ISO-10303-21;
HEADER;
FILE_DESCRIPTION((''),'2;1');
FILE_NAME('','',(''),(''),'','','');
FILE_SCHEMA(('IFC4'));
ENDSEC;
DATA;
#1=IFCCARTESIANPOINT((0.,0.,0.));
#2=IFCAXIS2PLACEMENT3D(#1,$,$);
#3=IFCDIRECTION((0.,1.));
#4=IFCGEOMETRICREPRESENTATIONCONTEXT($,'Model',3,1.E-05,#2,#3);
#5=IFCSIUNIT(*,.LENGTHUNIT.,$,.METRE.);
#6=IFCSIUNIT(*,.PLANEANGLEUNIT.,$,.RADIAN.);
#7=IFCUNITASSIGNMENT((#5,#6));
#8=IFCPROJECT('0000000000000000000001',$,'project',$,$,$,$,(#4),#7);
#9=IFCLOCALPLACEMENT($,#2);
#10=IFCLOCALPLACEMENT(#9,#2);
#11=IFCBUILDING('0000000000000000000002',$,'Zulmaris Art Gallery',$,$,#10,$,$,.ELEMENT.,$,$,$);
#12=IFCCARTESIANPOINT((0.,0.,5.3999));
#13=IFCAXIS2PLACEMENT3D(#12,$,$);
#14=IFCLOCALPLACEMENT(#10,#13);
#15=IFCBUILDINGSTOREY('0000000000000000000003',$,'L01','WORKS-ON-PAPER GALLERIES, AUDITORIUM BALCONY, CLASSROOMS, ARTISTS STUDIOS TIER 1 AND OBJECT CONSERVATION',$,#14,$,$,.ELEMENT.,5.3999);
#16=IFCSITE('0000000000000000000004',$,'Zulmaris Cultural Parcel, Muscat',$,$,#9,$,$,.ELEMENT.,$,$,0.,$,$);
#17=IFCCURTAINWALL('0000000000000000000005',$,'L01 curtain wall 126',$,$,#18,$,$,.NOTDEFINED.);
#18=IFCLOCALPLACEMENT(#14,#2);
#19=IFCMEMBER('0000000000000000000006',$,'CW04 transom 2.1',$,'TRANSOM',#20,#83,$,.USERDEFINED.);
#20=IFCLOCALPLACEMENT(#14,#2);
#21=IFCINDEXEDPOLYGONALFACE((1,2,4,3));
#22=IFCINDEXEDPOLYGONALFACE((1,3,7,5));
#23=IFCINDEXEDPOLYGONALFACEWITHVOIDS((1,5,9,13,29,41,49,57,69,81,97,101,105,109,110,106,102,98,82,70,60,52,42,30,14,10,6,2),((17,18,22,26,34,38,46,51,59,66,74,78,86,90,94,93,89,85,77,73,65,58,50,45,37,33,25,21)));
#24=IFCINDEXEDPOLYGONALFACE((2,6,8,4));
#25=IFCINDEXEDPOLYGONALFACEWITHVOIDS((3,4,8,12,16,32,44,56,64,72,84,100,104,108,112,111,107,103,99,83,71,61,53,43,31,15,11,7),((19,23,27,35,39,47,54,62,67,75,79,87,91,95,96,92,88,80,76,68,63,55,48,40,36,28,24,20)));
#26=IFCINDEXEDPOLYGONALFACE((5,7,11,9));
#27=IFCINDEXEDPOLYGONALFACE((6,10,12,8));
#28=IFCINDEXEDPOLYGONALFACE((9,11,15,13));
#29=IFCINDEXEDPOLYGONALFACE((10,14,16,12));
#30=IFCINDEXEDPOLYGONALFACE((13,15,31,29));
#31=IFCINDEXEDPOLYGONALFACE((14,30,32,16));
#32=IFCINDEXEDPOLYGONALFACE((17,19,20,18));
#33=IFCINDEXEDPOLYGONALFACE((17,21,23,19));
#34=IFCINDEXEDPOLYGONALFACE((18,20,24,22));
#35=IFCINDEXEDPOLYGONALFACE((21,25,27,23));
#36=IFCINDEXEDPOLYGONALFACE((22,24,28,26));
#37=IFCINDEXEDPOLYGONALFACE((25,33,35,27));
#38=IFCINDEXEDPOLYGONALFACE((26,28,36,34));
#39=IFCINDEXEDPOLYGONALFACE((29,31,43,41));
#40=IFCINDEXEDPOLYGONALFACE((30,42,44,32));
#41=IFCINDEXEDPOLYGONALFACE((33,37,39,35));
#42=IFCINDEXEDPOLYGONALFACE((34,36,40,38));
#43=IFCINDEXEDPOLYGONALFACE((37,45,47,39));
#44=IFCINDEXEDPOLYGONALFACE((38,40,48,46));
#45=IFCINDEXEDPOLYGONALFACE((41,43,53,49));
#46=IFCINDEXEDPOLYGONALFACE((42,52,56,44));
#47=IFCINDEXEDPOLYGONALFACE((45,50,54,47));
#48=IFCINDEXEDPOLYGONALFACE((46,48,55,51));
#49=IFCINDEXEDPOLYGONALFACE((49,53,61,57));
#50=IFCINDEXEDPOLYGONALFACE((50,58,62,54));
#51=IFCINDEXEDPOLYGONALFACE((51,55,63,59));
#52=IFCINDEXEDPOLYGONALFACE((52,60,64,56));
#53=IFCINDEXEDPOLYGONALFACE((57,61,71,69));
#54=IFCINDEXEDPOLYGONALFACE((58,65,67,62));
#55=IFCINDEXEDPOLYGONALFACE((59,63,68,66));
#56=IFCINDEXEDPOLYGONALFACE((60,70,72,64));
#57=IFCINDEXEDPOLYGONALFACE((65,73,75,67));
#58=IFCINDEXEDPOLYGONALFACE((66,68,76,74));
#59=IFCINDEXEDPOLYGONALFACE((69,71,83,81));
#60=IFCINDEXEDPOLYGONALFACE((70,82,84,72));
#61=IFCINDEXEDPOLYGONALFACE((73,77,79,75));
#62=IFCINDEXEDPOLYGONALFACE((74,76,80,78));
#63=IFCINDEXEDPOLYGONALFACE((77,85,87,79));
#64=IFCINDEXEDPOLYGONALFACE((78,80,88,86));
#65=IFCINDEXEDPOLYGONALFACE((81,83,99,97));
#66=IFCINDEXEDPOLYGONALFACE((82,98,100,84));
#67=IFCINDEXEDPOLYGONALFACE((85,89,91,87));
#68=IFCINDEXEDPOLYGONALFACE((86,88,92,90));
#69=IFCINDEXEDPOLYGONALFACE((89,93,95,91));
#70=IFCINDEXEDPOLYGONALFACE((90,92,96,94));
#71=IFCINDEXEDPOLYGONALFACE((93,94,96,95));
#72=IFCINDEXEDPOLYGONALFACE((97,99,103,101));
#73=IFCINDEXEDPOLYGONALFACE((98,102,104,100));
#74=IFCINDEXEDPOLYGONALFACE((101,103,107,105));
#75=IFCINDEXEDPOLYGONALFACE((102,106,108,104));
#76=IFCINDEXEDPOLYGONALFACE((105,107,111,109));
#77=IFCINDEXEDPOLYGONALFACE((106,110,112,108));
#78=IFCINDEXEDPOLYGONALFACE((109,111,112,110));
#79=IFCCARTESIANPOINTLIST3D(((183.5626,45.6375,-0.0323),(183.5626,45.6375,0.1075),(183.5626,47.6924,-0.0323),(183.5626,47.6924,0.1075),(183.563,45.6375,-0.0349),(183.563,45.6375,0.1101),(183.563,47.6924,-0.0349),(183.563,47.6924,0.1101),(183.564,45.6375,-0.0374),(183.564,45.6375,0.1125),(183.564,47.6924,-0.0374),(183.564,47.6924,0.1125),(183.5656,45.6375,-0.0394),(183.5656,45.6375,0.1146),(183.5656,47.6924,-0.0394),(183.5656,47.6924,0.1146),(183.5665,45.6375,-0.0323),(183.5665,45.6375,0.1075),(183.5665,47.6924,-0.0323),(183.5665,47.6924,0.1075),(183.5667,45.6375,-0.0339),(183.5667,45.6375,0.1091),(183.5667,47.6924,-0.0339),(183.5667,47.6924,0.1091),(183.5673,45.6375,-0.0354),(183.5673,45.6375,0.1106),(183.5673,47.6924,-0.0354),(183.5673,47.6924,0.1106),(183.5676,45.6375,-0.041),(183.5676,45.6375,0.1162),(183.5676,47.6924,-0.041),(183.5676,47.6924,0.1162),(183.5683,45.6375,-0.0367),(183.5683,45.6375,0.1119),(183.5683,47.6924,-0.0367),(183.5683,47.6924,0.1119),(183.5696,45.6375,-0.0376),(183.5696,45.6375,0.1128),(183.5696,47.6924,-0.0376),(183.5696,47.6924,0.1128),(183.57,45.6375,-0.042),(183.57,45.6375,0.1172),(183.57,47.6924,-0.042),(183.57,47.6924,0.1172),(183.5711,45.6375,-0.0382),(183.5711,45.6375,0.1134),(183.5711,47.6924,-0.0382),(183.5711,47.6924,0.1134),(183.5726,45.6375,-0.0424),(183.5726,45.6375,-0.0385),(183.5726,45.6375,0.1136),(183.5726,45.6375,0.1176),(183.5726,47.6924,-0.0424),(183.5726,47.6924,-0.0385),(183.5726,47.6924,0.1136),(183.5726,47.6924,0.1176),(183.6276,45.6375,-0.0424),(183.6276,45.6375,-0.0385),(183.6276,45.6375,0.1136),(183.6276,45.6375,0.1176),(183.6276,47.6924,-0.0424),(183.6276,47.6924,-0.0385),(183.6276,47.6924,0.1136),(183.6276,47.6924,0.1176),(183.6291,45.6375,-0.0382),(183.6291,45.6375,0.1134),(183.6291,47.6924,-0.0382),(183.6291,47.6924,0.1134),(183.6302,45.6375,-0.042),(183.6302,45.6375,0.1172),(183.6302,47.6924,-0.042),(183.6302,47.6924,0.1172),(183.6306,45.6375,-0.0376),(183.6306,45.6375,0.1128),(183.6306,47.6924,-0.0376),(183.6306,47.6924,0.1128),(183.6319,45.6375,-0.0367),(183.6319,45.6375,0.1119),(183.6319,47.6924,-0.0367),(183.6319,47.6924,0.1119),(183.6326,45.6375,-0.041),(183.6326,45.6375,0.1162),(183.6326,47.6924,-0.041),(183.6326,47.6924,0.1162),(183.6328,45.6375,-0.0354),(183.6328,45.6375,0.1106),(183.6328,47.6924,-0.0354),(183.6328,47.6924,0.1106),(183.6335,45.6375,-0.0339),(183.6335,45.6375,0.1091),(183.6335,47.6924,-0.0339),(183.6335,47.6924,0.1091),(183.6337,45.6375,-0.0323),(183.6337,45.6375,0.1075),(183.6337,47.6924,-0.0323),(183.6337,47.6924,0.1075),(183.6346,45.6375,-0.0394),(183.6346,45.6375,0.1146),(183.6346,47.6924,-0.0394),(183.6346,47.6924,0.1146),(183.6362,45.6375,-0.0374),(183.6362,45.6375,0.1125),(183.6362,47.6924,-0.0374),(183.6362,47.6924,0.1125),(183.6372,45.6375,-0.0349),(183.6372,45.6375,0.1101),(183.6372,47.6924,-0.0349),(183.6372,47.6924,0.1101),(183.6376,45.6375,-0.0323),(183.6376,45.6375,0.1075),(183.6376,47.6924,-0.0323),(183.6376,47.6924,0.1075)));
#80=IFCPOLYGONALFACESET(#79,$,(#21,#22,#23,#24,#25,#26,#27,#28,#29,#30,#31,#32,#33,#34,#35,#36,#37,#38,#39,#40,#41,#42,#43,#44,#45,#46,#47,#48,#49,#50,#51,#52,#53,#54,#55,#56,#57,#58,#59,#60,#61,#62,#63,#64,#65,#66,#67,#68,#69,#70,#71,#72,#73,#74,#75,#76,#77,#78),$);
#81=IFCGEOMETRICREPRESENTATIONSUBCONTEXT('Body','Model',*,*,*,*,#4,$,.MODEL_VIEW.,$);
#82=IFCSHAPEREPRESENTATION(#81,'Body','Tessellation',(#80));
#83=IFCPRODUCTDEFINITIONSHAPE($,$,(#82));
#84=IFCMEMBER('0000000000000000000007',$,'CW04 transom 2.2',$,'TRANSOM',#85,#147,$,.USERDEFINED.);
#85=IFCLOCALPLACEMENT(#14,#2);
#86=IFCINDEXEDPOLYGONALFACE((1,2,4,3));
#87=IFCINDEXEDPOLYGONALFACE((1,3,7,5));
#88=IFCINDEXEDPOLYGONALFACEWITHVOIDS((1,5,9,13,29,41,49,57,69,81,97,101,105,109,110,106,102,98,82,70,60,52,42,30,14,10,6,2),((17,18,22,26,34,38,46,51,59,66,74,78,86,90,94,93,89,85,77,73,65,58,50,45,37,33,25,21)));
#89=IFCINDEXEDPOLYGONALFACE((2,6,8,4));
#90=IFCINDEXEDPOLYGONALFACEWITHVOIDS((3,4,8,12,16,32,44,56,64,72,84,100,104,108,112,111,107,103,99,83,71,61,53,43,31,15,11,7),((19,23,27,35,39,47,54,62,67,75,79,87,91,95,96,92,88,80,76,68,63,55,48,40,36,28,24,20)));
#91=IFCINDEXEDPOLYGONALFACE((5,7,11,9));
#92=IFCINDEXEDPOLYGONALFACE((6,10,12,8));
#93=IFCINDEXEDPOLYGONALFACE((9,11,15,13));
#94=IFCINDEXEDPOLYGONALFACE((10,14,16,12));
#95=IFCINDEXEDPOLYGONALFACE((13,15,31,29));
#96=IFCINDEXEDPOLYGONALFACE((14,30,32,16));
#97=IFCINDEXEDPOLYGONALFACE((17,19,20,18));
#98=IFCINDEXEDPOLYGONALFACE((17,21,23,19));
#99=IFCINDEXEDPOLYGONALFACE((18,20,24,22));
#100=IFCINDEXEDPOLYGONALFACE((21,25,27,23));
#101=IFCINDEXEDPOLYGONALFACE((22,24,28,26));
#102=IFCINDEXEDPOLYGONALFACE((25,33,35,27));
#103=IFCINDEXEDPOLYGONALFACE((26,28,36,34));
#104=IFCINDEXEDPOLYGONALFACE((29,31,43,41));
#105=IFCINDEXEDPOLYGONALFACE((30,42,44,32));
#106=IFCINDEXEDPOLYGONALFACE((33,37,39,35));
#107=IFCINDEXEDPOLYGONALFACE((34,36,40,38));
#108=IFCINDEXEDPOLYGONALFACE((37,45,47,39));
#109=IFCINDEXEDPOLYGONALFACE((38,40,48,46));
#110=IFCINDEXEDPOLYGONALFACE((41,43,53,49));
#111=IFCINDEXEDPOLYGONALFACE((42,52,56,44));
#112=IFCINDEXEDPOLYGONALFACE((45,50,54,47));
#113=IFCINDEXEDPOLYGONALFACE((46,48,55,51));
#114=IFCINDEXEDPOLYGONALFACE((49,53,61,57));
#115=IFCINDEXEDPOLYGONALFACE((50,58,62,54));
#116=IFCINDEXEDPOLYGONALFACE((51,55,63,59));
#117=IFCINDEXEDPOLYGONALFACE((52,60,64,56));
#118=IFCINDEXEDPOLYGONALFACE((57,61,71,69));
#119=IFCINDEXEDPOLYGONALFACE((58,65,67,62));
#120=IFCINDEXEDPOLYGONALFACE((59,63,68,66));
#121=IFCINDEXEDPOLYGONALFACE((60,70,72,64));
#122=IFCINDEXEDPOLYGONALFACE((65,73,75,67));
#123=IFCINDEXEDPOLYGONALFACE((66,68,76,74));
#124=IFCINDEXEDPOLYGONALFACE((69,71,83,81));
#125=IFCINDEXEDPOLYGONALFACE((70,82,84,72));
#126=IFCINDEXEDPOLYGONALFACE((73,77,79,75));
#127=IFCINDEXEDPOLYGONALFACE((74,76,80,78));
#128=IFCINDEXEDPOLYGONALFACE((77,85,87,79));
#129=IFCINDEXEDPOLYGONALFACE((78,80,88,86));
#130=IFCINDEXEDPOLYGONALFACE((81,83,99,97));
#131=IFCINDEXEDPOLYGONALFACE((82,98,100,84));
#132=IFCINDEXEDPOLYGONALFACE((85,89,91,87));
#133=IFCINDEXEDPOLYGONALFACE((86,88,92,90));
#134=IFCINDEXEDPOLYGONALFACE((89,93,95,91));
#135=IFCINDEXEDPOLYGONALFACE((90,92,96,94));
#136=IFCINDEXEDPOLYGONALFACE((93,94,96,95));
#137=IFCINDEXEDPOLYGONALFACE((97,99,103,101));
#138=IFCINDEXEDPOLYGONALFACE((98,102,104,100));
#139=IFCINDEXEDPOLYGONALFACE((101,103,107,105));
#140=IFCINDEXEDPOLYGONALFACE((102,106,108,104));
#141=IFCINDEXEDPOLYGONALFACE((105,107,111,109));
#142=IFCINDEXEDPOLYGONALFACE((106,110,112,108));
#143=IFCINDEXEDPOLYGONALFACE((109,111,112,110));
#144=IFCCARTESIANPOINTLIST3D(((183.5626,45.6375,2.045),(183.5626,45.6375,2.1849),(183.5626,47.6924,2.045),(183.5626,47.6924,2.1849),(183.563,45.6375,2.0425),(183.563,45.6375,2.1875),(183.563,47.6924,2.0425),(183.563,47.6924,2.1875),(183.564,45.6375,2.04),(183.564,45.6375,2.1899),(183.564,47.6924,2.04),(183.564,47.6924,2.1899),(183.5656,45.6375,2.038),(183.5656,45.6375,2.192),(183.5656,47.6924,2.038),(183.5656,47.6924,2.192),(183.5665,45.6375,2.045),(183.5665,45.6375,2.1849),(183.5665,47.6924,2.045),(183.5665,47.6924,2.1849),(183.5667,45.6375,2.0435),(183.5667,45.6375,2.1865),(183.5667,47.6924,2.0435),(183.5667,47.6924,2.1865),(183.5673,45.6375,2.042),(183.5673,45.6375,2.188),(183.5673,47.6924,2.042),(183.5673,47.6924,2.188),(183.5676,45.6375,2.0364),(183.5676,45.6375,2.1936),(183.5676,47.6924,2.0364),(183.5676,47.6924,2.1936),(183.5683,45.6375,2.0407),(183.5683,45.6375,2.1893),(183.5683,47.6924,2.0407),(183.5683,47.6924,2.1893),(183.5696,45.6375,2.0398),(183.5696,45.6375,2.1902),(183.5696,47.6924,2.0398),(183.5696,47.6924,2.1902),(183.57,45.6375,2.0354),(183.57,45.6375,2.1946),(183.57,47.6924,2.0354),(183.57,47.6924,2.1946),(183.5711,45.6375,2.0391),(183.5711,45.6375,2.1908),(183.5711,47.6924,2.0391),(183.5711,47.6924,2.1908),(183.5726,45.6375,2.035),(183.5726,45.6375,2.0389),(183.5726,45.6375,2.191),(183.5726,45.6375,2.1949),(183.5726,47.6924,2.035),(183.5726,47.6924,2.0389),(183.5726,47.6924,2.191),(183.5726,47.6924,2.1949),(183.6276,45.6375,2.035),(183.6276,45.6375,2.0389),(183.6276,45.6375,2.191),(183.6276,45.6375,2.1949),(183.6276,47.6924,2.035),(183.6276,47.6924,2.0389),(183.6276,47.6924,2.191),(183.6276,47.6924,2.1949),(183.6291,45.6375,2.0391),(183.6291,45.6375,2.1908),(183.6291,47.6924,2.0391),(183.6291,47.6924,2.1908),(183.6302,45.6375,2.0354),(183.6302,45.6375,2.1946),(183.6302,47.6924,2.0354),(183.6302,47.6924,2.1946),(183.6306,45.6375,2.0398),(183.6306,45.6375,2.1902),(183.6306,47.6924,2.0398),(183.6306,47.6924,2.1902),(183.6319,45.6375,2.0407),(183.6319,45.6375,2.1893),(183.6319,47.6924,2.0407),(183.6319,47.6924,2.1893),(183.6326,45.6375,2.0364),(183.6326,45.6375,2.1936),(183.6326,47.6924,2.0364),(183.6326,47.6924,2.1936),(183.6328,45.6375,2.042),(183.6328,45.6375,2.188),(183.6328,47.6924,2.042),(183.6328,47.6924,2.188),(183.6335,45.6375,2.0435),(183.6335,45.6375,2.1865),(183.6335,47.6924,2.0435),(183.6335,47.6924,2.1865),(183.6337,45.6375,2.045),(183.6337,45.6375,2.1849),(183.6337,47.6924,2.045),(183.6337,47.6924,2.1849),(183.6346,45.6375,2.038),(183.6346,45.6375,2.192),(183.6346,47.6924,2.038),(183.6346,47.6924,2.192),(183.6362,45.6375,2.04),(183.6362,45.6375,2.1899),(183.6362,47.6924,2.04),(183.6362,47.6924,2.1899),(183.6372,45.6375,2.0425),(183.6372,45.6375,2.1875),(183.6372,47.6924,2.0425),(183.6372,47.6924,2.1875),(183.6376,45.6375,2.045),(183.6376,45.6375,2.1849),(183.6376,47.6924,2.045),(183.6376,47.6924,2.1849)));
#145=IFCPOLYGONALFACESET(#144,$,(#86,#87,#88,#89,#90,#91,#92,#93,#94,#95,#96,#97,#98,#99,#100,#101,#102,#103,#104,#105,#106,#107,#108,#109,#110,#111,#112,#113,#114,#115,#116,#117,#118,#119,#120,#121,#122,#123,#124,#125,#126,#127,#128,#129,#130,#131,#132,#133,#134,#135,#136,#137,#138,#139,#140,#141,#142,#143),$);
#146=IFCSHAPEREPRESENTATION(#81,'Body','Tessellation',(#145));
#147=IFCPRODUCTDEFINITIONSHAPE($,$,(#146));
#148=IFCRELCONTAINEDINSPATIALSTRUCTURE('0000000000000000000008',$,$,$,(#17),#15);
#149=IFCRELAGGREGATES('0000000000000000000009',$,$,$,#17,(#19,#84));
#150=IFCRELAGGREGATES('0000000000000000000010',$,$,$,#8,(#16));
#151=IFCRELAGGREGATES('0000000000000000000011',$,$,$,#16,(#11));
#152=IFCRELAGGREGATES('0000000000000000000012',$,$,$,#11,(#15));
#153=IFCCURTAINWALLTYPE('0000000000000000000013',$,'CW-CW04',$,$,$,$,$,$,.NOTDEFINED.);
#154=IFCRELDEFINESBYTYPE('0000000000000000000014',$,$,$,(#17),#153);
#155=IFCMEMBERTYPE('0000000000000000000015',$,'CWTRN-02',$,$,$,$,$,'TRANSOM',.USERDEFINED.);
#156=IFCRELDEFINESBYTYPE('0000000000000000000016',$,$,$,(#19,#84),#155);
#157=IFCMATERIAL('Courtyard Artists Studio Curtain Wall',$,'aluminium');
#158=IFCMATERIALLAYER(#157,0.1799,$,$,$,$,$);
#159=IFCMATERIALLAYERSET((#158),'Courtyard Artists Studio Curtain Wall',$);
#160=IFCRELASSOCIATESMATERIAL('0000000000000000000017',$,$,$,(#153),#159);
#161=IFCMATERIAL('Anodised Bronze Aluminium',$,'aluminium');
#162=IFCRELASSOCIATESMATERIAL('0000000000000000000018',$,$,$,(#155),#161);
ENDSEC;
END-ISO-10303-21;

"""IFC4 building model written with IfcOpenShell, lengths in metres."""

from ifc_helpers import new_model, si_unit, direction, frame, origin, origin_2d, place, context, subcontext, project, spatial, hollow_rectangle, extrude, material, layer, layer_set, material_profile, profile_set, type_object, element, aggregate, save


model = new_model("IFC4")

# Units and contexts
model_context = context("Model", 3, precision=1e-05, world=origin(), true_north=direction((0.0, 1.0)))
body_context = subcontext(model_context, "Body", "Model", "MODEL_VIEW")
ifc_project = project(units=[si_unit("LENGTHUNIT", "METRE"), si_unit("PLANEANGLEUNIT", "RADIAN")], contexts=[model_context])

# Site, building, storey
site_placement = place(None, origin())
site = spatial("IfcSite", under=ifc_project, at=site_placement, Name="Zulmaris Cultural Parcel, Muscat", CompositionType="ELEMENT", RefElevation=0.0)
building_placement = place(site_placement, origin())
building = spatial("IfcBuilding", under=site, at=building_placement, Name="Zulmaris Art Gallery", CompositionType="ELEMENT")
storey_placement = place(building_placement, frame((0.0, 0.0, 5.3999)))
storey = spatial("IfcBuildingStorey", under=building, at=storey_placement, Name="L01", Description="WORKS-ON-PAPER GALLERIES, AUDITORIUM BALCONY, CLASSROOMS, ARTISTS STUDIOS TIER 1 AND OBJECT CONSERVATION", CompositionType="ELEMENT", Elevation=5.3999)

# Curtain wall, members
ifc_material_1 = material(Name="Courtyard Artists Studio Curtain Wall", Category="aluminium")
ifc_layer_1 = layer(ifc_material_1, 0.1799)
ifc_layer_set_1 = layer_set([ifc_layer_1], Name="Courtyard Artists Studio Curtain Wall")
curtain_wall_type = type_object("IfcCurtainWallType", Name="CW-CW04", PredefinedType="NOTDEFINED", material=ifc_layer_set_1)
curtain_wall_placement = place(storey_placement, origin())
curtain_wall = element("IfcCurtainWall", 1, at=curtain_wall_placement, inside=storey, type_object=curtain_wall_type, Name="L01 curtain wall 126", PredefinedType="NOTDEFINED")
ifc_material_2 = material(Name="Anodised Bronze Aluminium", Category="aluminium")
ifc_material_profile_1 = material_profile(ifc_material_2, hollow_rectangle(XDim=0.075, YDim=0.1599, WallThickness=0.0039, InnerFilletRadius=0.0061, OuterFilletRadius=0.01, at=origin_2d()), Name="ALU 75x160x4")
ifc_profile_set_1 = profile_set([ifc_material_profile_1], Name="Anodised Bronze Aluminium")
member_type_1 = type_object("IfcMemberType", Name="CWTRN-02", ElementType="TRANSOM", PredefinedType="USERDEFINED", material=ifc_profile_set_1)
member_1_placement = place(storey_placement, frame((183.6001, 47.6924, 0.0376), z_axis=(0.0, -1.0, 0.0), x_axis=(1.0, 0.0, 0.0)))
member_1 = element("IfcMember", 2, at=member_1_placement, type_object=member_type_1, Name="CW04 transom 2.1", ObjectType="TRANSOM", PredefinedType="USERDEFINED", context=body_context, shape_type="SweptSolid", body=[
    extrude(hollow_rectangle(XDim=0.075, YDim=0.1599, WallThickness=0.0039, InnerFilletRadius=0.0061, OuterFilletRadius=0.01, at=origin_2d()), origin(), (0.0, 0.0, 1.0), 2.0549),
])
member_2_placement = place(storey_placement, frame((183.6001, 47.6924, 2.115), z_axis=(0.0, -1.0, 0.0), x_axis=(1.0, 0.0, 0.0)))
member_2 = element("IfcMember", 3, at=member_2_placement, type_object=member_type_1, Name="CW04 transom 2.2", ObjectType="TRANSOM", PredefinedType="USERDEFINED", context=body_context, shape_type="SweptSolid", body=[
    extrude(hollow_rectangle(XDim=0.075, YDim=0.1599, WallThickness=0.0039, InnerFilletRadius=0.0061, OuterFilletRadius=0.01, at=origin_2d()), origin(), (0.0, 0.0, 1.0), 2.0549),
])
aggregate(curtain_wall, [member_1, member_2])

save(model, "model.ifc")
